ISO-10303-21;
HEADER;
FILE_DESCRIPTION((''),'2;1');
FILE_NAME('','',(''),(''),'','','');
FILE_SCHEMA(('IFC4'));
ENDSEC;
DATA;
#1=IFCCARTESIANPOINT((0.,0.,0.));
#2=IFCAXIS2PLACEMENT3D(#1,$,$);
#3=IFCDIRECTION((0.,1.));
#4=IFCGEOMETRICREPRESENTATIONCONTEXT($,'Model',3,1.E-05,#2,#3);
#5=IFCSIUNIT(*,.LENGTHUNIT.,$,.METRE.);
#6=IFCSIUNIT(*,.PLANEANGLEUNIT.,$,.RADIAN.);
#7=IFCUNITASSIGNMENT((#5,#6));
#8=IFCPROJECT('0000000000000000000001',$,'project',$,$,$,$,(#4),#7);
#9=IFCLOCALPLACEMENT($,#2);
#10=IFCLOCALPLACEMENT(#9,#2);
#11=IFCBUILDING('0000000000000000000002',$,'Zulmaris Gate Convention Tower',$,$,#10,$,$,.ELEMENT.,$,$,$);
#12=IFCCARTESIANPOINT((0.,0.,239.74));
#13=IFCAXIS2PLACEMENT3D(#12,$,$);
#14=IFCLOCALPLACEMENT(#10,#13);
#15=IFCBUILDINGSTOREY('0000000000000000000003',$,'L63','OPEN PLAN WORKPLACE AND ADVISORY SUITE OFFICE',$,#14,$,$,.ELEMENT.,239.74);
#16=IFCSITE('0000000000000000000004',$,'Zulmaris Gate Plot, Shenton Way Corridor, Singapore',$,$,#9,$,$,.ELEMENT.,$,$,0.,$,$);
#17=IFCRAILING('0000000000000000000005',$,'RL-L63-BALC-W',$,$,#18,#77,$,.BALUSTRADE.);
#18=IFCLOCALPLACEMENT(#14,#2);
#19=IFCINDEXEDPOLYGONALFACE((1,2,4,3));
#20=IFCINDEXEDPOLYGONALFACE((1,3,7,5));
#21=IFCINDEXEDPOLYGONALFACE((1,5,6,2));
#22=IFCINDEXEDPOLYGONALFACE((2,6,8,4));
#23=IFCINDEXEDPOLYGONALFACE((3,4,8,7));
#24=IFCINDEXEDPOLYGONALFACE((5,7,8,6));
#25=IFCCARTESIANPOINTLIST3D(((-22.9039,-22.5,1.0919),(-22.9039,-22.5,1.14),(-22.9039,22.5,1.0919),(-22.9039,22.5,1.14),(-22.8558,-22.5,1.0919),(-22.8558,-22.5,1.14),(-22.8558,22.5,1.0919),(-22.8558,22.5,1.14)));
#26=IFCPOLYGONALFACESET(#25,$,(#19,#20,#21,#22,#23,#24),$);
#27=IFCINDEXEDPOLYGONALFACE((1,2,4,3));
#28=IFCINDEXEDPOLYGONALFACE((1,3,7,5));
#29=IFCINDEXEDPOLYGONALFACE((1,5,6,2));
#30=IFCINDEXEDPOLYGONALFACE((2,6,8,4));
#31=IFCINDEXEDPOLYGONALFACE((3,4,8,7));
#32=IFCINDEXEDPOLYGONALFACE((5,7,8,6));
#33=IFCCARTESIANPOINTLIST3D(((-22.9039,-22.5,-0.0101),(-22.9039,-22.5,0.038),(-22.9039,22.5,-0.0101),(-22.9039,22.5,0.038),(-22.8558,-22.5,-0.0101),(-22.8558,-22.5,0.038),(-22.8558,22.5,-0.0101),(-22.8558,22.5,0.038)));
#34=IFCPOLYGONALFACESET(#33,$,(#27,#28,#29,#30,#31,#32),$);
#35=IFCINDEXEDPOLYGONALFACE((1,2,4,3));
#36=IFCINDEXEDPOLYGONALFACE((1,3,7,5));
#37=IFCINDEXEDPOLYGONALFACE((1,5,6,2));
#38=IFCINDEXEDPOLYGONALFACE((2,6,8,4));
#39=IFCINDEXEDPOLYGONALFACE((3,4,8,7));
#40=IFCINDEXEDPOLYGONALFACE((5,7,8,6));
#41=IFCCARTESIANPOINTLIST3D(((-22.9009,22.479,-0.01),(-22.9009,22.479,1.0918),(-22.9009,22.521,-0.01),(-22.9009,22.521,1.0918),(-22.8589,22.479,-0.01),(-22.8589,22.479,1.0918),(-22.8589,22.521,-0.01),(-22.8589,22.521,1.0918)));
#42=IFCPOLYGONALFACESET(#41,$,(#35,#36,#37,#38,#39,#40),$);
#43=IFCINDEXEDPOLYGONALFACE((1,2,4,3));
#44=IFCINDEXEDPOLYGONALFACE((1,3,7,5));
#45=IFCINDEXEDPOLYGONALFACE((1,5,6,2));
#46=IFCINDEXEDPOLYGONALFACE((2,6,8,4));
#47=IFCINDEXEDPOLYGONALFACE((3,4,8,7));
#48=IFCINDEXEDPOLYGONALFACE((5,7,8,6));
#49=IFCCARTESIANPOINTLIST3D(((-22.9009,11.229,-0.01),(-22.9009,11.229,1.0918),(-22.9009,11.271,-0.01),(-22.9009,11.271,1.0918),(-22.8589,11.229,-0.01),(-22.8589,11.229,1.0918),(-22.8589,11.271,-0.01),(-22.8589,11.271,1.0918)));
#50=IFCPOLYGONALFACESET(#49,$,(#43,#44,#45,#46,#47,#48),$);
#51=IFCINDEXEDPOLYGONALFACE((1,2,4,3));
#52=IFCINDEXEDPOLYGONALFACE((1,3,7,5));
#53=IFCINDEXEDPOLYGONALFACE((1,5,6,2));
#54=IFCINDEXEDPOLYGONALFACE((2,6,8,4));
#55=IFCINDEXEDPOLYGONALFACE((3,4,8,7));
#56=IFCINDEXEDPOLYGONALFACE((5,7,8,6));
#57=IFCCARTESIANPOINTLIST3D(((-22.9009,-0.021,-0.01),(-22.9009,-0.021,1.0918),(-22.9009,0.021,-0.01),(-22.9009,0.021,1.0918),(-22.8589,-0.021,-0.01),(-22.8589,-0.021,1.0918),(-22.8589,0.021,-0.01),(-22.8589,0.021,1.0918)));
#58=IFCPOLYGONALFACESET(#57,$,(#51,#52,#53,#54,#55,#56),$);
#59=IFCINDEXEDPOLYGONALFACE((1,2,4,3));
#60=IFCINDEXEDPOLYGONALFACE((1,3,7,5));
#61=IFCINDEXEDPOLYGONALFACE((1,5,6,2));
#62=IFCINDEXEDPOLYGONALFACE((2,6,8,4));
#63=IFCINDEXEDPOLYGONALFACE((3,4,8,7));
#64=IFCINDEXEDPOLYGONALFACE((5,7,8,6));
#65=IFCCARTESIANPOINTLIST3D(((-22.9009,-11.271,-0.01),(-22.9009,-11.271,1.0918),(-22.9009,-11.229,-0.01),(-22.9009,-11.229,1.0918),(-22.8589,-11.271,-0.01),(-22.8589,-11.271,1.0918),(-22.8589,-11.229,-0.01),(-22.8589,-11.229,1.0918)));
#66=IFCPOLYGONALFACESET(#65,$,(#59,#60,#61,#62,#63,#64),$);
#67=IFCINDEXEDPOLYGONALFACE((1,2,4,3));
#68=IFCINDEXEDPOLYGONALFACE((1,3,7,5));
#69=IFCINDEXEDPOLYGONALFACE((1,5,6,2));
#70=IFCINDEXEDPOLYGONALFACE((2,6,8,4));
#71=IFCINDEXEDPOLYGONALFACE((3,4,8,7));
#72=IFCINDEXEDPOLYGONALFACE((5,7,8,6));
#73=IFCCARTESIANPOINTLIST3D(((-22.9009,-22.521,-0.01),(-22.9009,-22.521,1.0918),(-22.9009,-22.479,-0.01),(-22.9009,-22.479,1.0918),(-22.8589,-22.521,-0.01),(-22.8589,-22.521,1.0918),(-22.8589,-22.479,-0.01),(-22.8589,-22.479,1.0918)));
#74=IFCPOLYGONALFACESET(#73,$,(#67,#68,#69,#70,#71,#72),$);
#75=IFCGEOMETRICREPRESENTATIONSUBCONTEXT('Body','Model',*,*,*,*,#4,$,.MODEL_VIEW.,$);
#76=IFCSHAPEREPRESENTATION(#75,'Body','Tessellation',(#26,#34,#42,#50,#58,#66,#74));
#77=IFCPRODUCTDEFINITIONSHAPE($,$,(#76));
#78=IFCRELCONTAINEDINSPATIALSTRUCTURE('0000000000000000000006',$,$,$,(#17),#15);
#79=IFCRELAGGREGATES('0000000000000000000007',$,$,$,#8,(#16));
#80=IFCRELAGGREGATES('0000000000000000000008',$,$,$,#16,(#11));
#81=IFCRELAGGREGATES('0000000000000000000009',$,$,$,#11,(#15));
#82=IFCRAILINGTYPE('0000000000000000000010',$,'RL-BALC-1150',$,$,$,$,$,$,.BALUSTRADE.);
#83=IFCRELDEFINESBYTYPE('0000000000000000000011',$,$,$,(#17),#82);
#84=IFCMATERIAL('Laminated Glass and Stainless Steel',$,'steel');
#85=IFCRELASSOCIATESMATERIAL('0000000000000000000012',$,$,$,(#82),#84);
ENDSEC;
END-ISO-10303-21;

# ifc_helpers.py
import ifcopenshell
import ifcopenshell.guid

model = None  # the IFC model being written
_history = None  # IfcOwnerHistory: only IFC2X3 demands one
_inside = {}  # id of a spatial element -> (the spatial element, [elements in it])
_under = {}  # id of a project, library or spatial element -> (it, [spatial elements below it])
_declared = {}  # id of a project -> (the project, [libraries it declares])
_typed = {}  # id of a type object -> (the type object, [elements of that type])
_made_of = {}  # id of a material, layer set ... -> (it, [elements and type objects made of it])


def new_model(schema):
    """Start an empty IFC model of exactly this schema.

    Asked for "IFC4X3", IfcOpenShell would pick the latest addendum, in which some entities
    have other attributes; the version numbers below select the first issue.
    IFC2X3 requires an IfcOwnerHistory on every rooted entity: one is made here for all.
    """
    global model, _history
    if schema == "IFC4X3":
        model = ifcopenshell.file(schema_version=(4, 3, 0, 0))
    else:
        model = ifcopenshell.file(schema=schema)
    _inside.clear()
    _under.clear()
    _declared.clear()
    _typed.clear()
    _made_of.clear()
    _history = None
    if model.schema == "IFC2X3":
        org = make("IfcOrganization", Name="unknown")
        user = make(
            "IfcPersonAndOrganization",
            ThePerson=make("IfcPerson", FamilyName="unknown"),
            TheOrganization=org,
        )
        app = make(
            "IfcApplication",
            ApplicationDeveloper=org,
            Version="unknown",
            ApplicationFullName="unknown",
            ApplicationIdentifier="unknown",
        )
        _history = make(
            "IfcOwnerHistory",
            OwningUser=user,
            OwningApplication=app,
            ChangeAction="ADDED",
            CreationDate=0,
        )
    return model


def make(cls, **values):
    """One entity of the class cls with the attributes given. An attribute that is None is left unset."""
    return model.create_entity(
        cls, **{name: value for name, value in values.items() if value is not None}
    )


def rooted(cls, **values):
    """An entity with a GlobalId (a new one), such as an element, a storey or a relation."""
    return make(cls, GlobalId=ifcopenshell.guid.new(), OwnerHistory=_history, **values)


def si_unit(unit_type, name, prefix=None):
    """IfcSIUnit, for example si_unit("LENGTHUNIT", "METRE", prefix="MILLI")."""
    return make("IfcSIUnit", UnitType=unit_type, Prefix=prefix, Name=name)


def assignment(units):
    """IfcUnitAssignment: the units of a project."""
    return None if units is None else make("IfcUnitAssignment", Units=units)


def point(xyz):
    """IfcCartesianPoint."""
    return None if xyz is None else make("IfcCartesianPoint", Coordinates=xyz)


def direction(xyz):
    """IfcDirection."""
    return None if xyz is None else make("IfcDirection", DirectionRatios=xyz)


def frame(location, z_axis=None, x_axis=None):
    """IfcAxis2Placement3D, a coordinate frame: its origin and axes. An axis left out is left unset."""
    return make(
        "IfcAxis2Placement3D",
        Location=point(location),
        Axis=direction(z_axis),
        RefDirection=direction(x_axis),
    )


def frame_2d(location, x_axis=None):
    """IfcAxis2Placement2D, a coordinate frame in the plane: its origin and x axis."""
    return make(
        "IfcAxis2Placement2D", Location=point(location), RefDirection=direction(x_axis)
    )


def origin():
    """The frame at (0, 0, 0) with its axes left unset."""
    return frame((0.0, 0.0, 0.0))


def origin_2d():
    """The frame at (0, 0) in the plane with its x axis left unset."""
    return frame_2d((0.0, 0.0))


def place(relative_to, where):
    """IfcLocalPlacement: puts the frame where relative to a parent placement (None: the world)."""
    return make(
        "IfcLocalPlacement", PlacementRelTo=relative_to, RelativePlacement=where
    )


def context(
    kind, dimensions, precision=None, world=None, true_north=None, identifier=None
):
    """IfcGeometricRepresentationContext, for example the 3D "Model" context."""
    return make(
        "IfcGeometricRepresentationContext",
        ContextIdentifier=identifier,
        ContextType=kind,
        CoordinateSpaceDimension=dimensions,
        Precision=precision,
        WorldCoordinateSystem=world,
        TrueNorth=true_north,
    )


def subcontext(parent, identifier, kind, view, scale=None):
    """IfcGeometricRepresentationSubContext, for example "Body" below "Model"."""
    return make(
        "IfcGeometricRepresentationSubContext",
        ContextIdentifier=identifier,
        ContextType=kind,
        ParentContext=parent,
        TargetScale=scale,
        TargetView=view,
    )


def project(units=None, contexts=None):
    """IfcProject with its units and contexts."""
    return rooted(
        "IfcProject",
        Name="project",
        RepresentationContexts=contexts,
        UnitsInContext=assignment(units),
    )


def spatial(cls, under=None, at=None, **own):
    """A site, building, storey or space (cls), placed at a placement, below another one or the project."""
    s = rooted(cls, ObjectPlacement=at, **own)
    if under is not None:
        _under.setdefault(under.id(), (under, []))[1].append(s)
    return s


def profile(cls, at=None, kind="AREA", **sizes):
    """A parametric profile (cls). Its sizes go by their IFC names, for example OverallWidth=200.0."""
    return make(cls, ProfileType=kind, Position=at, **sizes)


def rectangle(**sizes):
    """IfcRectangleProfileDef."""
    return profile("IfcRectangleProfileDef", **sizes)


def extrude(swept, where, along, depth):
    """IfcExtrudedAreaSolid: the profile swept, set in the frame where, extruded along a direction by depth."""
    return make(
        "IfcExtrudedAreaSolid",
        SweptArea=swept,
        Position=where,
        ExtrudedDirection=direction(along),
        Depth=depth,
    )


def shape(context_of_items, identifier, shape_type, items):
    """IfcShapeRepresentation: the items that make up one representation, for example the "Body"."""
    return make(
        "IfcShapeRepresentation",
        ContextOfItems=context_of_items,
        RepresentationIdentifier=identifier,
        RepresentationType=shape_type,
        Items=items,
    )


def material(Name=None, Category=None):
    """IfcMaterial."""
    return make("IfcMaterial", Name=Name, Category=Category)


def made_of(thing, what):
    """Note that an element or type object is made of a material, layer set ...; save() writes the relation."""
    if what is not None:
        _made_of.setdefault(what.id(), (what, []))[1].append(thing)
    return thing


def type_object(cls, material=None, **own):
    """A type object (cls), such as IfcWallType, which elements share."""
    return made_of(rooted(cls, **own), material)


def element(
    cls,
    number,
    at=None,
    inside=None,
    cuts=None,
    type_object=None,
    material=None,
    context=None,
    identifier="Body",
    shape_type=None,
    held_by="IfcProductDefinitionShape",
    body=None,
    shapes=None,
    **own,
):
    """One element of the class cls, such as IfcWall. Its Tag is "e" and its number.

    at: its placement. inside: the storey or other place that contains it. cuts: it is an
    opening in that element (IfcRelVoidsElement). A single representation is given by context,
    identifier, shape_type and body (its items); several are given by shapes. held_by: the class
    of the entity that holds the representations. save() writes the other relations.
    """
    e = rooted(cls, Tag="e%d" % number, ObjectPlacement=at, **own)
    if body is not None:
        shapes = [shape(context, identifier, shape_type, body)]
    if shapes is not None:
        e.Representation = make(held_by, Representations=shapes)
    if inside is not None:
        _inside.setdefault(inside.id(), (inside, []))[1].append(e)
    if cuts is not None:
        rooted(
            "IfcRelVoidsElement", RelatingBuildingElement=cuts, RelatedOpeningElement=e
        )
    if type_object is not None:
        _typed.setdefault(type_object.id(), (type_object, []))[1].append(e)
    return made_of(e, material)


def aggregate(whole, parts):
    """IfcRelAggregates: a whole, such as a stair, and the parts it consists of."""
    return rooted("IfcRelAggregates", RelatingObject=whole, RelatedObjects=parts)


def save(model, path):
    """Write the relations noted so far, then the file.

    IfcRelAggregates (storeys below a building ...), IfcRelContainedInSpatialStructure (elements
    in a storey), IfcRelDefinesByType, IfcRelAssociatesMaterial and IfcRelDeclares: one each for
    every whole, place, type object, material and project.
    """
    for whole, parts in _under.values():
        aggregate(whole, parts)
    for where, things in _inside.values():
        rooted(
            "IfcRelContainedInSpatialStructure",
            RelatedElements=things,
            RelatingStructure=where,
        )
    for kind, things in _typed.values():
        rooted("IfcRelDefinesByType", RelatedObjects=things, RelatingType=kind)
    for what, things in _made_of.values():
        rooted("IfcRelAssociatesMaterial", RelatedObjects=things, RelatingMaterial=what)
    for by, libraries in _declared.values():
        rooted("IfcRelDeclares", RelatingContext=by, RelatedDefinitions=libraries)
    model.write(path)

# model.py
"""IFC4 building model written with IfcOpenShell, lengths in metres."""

from ifc_helpers import new_model, si_unit, direction, frame, origin, origin_2d, place, context, subcontext, project, spatial, rectangle, extrude, material, type_object, element, save


model = new_model("IFC4")

# Units and contexts
model_context = context("Model", 3, precision=1e-05, world=origin(), true_north=direction((0.0, 1.0)))
body_context = subcontext(model_context, "Body", "Model", "MODEL_VIEW")
ifc_project = project(units=[si_unit("LENGTHUNIT", "METRE"), si_unit("PLANEANGLEUNIT", "RADIAN")], contexts=[model_context])

# Site, building, storey
site_placement = place(None, origin())
site = spatial("IfcSite", under=ifc_project, at=site_placement, Name="Zulmaris Gate Plot, Shenton Way Corridor, Singapore", CompositionType="ELEMENT", RefElevation=0.0)
building_placement = place(site_placement, origin())
building = spatial("IfcBuilding", under=site, at=building_placement, Name="Zulmaris Gate Convention Tower", CompositionType="ELEMENT")
storey_placement = place(building_placement, frame((0.0, 0.0, 239.74)))
storey = spatial("IfcBuildingStorey", under=building, at=storey_placement, Name="L63", Description="OPEN PLAN WORKPLACE AND ADVISORY SUITE OFFICE", CompositionType="ELEMENT", Elevation=239.74)

# Railing
ifc_material_1 = material(Name="Laminated Glass and Stainless Steel", Category="steel")
railing_type = type_object("IfcRailingType", Name="RL-BALC-1150", PredefinedType="BALUSTRADE", material=ifc_material_1)
railing_placement = place(storey_placement, frame((-22.8799, 22.5, -0.01)))
element("IfcRailing", 1, at=railing_placement, inside=storey, type_object=railing_type, Name="RL-L63-BALC-W", PredefinedType="BALUSTRADE", context=body_context, shape_type="SweptSolid", body=[
    extrude(rectangle(XDim=0.0481, YDim=0.0481, at=origin_2d()), frame((0.0, 0.0, 1.126), z_axis=(0.0, -1.0, 0.0), x_axis=(1.0, 0.0, 0.0)), (0.0, 0.0, 1.0), 45.0),
    extrude(rectangle(XDim=0.0481, YDim=0.0481, at=origin_2d()), frame((0.0, 0.0, 0.0239), z_axis=(0.0, -1.0, 0.0), x_axis=(1.0, 0.0, 0.0)), (0.0, 0.0, 1.0), 45.0),
    extrude(rectangle(XDim=0.042, YDim=0.042, at=origin_2d()), origin(), (0.0, 0.0, 1.0), 1.1018),
    extrude(rectangle(XDim=0.042, YDim=0.042, at=origin_2d()), frame((0.0, -11.25, 0.0)), (0.0, 0.0, 1.0), 1.1018),
    extrude(rectangle(XDim=0.042, YDim=0.042, at=origin_2d()), frame((0.0, -22.5, 0.0)), (0.0, 0.0, 1.0), 1.1018),
    extrude(rectangle(XDim=0.042, YDim=0.042, at=origin_2d()), frame((0.0, -33.75, 0.0)), (0.0, 0.0, 1.0), 1.1018),
    extrude(rectangle(XDim=0.042, YDim=0.042, at=origin_2d()), frame((0.0, -45.0, 0.0)), (0.0, 0.0, 1.0), 1.1018),
])

save(model, "model.ifc")
